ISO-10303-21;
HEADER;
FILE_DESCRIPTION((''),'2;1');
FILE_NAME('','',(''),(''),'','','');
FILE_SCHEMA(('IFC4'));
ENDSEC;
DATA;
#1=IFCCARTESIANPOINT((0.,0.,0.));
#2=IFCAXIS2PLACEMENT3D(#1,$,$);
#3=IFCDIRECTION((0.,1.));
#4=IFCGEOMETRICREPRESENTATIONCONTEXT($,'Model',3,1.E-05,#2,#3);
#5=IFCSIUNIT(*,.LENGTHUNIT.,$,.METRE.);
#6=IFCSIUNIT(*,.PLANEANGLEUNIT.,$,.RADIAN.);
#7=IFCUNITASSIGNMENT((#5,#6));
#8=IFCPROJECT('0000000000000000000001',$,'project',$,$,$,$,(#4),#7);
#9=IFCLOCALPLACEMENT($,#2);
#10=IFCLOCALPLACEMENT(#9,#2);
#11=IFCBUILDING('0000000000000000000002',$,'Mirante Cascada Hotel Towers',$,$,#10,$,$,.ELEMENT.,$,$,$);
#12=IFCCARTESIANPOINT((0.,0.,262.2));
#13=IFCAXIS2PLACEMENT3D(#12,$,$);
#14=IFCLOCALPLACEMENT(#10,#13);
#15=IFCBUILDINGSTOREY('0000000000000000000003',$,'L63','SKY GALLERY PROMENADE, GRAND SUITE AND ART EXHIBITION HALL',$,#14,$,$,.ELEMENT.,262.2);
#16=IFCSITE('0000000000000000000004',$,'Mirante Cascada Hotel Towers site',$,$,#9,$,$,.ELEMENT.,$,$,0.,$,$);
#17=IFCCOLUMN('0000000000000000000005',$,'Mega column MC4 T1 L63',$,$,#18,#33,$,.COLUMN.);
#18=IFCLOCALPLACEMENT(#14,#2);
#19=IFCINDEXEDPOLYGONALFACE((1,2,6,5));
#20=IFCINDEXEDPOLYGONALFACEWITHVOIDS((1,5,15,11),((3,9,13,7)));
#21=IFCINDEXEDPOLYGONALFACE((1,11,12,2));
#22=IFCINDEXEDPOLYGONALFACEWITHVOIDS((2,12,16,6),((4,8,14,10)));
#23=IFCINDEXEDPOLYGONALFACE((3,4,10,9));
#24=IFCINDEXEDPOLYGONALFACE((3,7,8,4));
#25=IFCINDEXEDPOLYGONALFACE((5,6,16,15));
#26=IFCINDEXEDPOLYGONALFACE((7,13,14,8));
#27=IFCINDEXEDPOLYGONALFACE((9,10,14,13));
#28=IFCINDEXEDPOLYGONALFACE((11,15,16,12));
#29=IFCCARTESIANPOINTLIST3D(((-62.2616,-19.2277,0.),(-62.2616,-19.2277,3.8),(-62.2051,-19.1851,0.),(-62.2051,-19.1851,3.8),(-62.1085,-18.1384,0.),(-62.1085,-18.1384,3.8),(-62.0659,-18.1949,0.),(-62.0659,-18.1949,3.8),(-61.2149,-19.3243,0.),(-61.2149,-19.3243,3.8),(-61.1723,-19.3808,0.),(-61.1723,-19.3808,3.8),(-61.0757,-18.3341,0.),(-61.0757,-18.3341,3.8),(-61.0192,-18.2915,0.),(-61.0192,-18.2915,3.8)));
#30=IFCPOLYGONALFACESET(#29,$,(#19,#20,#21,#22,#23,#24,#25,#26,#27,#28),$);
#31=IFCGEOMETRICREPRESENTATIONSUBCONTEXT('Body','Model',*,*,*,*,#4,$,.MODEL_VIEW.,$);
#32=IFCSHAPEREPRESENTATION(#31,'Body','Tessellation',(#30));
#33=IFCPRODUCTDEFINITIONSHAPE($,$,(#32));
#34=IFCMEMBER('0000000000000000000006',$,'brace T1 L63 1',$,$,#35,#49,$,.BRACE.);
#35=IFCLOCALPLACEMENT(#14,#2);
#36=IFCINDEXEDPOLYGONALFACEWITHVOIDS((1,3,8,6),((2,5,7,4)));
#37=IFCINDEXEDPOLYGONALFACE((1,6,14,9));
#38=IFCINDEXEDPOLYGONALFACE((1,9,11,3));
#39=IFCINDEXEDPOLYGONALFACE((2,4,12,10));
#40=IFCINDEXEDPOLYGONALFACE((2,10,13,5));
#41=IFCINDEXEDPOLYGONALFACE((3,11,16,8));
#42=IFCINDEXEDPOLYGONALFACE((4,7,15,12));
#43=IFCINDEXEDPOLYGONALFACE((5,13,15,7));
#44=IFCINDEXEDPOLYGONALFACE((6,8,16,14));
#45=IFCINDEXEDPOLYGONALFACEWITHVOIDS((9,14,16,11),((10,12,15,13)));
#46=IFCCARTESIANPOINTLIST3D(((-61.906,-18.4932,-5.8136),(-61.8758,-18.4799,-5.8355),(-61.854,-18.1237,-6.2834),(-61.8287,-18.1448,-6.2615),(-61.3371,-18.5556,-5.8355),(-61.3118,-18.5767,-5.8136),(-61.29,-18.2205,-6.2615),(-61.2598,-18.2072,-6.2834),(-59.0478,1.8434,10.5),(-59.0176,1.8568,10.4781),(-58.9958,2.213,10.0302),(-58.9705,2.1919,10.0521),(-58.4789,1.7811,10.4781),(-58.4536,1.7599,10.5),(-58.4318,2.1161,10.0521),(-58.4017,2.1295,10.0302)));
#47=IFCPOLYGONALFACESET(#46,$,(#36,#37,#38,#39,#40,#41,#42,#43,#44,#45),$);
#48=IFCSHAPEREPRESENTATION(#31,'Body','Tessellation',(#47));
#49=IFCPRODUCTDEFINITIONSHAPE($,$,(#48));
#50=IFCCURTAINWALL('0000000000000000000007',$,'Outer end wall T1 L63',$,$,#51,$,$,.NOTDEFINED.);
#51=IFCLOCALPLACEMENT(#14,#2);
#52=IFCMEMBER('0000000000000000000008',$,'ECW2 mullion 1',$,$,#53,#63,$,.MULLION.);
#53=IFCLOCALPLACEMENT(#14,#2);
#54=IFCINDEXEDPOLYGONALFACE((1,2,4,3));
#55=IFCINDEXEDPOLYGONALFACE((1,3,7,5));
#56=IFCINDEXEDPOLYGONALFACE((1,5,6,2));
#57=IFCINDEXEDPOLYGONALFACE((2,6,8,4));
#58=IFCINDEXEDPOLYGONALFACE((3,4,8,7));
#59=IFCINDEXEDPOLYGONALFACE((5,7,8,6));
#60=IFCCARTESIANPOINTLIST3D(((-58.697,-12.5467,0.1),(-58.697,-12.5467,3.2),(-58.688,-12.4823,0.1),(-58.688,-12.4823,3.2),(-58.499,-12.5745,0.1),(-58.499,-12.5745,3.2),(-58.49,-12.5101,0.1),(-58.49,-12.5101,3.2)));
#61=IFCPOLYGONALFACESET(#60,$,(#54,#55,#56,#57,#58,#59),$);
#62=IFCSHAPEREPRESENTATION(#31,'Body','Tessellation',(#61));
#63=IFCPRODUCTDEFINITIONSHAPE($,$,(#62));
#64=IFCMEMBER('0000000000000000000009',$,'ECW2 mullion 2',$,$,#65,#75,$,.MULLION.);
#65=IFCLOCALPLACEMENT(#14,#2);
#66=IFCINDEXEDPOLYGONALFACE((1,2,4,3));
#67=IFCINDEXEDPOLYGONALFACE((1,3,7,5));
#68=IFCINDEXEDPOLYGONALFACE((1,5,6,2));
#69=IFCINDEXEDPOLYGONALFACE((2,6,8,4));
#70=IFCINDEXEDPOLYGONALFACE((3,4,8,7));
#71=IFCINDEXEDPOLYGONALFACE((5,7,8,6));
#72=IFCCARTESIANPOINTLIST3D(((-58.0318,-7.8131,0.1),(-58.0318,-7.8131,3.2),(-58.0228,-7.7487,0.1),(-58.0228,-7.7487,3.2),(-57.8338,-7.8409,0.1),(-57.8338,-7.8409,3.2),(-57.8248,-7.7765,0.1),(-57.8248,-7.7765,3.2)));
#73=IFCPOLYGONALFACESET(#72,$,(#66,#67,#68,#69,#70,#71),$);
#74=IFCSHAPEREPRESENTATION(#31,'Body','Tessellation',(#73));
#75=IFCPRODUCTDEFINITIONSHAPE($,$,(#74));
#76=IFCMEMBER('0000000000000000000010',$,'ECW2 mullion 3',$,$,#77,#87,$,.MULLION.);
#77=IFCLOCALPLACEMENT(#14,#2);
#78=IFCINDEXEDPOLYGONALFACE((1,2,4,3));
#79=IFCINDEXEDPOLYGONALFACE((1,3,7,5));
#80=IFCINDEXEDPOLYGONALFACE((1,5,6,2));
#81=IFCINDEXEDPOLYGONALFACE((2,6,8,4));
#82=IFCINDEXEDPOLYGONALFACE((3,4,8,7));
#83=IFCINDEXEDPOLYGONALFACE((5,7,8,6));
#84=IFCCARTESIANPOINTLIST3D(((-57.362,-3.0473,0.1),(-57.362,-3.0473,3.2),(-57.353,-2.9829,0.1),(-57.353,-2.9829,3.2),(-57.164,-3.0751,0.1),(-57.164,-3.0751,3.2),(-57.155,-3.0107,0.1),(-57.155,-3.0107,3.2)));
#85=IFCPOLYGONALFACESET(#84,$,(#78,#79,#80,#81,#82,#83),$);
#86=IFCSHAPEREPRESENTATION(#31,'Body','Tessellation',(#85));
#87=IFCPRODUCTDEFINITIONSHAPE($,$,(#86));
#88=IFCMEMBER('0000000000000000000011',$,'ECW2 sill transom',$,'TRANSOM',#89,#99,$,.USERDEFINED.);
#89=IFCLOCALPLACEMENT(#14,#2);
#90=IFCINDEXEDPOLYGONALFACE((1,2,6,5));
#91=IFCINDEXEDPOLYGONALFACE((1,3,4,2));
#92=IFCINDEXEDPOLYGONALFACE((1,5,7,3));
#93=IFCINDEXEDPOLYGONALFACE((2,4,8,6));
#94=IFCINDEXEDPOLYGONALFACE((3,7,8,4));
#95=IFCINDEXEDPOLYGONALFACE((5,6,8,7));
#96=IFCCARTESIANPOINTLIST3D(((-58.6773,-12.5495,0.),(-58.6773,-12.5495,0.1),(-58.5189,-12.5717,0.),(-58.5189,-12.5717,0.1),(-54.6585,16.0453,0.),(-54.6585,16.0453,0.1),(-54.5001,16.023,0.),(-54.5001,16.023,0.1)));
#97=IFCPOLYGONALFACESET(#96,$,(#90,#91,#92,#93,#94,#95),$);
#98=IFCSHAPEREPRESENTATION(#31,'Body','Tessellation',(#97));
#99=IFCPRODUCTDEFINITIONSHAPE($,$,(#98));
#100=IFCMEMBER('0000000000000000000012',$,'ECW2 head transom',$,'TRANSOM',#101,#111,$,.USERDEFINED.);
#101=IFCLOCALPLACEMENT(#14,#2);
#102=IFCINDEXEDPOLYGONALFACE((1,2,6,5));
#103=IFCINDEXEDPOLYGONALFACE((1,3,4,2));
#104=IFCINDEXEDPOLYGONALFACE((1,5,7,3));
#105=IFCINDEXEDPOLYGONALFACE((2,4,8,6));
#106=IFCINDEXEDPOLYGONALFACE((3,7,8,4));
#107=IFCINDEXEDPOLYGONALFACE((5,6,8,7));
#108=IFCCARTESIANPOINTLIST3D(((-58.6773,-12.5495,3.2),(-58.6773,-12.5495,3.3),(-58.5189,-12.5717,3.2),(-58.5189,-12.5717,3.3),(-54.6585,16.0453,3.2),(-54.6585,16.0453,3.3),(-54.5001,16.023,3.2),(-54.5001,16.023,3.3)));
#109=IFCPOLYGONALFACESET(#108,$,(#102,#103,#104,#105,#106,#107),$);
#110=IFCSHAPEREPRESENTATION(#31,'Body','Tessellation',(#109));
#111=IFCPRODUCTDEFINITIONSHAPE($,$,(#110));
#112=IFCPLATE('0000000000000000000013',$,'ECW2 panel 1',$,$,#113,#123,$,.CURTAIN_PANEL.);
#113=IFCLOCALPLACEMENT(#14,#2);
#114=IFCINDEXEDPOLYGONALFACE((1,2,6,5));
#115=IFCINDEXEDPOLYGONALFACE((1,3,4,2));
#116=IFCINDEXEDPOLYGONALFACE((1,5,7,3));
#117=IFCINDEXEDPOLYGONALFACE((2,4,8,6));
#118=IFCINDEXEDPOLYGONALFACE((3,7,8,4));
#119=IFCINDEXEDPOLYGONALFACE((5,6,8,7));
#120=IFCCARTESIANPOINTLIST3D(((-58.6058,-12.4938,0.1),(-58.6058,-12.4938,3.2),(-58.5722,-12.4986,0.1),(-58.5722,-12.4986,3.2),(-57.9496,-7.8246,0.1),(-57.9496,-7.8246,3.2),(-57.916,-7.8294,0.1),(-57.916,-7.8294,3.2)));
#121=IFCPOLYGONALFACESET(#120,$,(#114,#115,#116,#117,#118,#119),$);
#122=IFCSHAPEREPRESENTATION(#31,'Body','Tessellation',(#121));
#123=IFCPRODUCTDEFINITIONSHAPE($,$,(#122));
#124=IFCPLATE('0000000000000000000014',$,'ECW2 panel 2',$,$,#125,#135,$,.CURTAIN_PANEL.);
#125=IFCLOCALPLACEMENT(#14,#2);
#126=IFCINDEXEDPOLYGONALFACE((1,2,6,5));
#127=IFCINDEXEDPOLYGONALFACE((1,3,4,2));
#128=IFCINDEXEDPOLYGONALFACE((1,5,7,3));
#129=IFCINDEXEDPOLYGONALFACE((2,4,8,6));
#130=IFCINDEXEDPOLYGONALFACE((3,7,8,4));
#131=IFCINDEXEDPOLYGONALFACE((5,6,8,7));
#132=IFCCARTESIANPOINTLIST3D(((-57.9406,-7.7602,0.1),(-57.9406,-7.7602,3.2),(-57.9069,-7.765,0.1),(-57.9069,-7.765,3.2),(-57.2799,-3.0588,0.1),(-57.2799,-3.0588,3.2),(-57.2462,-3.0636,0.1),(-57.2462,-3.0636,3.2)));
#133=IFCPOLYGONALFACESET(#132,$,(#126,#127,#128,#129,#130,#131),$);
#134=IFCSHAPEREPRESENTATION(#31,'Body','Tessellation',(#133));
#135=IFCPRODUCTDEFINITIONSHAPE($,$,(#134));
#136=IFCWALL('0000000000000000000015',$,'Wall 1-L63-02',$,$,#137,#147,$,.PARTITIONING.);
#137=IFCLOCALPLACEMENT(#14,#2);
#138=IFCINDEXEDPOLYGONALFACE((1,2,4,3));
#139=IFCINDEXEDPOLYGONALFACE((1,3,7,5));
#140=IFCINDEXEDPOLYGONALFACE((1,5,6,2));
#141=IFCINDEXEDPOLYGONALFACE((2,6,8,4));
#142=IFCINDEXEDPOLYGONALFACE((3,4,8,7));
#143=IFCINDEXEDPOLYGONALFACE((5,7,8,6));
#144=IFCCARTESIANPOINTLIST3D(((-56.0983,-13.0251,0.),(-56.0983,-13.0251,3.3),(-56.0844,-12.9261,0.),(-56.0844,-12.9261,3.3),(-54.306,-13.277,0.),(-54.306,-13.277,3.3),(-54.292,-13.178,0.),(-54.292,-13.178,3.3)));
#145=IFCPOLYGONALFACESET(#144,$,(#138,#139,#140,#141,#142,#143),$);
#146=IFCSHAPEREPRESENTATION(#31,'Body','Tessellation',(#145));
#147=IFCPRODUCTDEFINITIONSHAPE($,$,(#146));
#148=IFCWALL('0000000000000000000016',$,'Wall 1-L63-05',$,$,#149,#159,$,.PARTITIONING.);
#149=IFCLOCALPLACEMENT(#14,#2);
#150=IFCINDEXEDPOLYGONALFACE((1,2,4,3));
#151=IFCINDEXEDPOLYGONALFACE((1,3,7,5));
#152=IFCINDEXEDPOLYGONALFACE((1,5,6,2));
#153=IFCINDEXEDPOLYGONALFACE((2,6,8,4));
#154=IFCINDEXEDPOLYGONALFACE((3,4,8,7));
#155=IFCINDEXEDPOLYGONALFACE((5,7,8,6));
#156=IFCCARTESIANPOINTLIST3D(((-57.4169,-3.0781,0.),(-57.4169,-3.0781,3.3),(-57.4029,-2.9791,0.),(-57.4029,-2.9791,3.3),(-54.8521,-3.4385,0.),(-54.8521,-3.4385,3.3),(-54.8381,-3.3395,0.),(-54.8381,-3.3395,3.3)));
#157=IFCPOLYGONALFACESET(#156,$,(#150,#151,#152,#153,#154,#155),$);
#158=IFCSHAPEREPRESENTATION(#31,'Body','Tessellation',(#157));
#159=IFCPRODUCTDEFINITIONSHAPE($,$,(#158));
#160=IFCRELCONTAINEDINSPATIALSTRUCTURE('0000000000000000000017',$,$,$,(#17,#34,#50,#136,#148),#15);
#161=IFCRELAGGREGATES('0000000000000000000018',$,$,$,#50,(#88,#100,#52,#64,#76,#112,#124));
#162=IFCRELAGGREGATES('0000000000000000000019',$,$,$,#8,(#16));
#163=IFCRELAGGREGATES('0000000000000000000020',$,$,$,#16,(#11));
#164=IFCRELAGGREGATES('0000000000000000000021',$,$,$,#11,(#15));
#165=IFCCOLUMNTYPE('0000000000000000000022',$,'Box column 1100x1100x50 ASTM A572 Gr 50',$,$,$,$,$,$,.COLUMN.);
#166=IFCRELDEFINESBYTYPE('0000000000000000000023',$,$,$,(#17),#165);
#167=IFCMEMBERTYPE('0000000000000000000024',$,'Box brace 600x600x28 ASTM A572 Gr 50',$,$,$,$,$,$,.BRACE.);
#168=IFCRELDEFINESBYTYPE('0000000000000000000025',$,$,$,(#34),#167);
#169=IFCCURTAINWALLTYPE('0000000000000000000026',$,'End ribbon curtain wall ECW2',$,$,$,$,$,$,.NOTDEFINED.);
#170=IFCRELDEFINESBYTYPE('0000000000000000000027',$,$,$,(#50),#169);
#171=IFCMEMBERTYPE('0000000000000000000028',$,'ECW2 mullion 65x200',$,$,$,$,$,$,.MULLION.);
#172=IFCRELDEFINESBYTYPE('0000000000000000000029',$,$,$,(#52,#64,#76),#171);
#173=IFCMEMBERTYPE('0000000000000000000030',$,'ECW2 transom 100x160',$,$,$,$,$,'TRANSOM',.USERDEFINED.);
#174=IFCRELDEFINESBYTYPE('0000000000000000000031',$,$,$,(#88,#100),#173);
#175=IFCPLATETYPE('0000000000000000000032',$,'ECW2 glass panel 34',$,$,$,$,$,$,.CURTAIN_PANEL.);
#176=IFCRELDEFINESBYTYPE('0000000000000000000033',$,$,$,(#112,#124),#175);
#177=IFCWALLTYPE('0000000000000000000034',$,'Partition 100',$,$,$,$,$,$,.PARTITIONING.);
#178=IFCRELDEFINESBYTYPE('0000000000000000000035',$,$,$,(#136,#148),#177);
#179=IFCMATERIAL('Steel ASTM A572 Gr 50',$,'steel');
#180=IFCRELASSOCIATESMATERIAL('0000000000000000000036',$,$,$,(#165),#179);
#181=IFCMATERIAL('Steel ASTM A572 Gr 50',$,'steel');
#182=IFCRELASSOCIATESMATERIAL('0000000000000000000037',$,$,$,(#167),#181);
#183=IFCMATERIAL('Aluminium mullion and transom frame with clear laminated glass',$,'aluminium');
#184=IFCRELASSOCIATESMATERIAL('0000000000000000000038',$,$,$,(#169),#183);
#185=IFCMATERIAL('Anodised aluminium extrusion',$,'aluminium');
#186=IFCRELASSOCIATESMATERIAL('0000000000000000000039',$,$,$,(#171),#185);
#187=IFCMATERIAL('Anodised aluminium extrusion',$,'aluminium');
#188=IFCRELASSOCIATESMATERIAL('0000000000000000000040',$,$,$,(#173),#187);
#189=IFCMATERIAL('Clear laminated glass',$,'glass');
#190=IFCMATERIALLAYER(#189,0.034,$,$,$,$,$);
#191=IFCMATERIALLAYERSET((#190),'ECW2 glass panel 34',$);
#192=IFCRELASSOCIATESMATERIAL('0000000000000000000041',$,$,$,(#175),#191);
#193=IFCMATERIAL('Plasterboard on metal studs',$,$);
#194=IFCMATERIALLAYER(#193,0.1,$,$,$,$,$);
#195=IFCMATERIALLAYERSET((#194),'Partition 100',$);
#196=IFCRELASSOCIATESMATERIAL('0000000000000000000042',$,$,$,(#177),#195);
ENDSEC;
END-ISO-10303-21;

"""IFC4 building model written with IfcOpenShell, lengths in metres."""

from ifc_helpers import new_model, si_unit, direction, frame, frame_2d, origin, origin_2d, place, context, subcontext, project, spatial, rectangle, hollow_rectangle, extrude, material, layer, layer_set, material_profile, profile_set, type_object, element, aggregate, save


model = new_model("IFC4")

# Units and contexts
model_context = context("Model", 3, precision=1e-05, world=origin(), true_north=direction((0.0, 1.0)))
body_context = subcontext(model_context, "Body", "Model", "MODEL_VIEW")
ifc_project = project(units=[si_unit("LENGTHUNIT", "METRE"), si_unit("PLANEANGLEUNIT", "RADIAN")], contexts=[model_context])

# Site, building, storey
site_placement = place(None, origin())
site = spatial("IfcSite", under=ifc_project, at=site_placement, Name="Mirante Cascada Hotel Towers site", CompositionType="ELEMENT", RefElevation=0.0)
building_placement = place(site_placement, origin())
building = spatial("IfcBuilding", under=site, at=building_placement, Name="Mirante Cascada Hotel Towers", CompositionType="ELEMENT")
storey_placement = place(building_placement, frame((0.0, 0.0, 262.2)))
storey = spatial("IfcBuildingStorey", under=building, at=storey_placement, Name="L63", Description="SKY GALLERY PROMENADE, GRAND SUITE AND ART EXHIBITION HALL", CompositionType="ELEMENT", Elevation=262.2)

# Column
ifc_material_1 = material(Name="Steel ASTM A572 Gr 50", Category="steel")
ifc_material_profile_1 = material_profile(ifc_material_1, hollow_rectangle(XDim=1.1, YDim=1.1, WallThickness=0.05, at=origin_2d()), Name="Box column 1100x1100x50 ASTM A572 Gr 50")
ifc_profile_set_1 = profile_set([ifc_material_profile_1], Name="Steel ASTM A572 Gr 50")
column_type = type_object("IfcColumnType", Name="Box column 1100x1100x50 ASTM A572 Gr 50", PredefinedType="COLUMN", material=ifc_profile_set_1)
column_placement = place(storey_placement, frame((-61.6404, -18.7596, 0.0), z_axis=(0.0, 0.0, 1.0), x_axis=(-0.990268, 0.139173, 0.0)))
element("IfcColumn", 1, at=column_placement, inside=storey, type_object=column_type, Name="Mega column MC4 T1 L63", PredefinedType="COLUMN", context=body_context, shape_type="SweptSolid", body=[
    extrude(hollow_rectangle(XDim=1.1, YDim=1.1, WallThickness=0.05, at=origin_2d()), origin(), (0.0, 0.0, 1.0), 3.8),
])

# Member
ifc_material_2 = material(Name="Steel ASTM A572 Gr 50", Category="steel")
ifc_material_profile_2 = material_profile(ifc_material_2, hollow_rectangle(XDim=0.6, YDim=0.6, WallThickness=0.028, at=origin_2d()), Name="Box brace 600x600x28 ASTM A572 Gr 50")
ifc_profile_set_2 = profile_set([ifc_material_profile_2], Name="Steel ASTM A572 Gr 50")
member_type_1 = type_object("IfcMemberType", Name="Box brace 600x600x28 ASTM A572 Gr 50", PredefinedType="BRACE", material=ifc_profile_set_2)
member_1_placement = place(storey_placement, frame((-61.5829, -18.3502, -6.0485), z_axis=(0.108977, 0.775395, 0.622003), x_axis=(-0.990268, 0.139176, 0.0)))
element("IfcMember", 2, at=member_1_placement, inside=storey, type_object=member_type_1, Name="brace T1 L63 1", PredefinedType="BRACE", context=body_context, shape_type="SweptSolid", body=[
    extrude(hollow_rectangle(XDim=0.6, YDim=0.6, WallThickness=0.028, at=origin_2d()), origin(), (0.0, 0.0, 1.0), 26.2275),
])

# Curtain wall, members, plates
ifc_material_3 = material(Name="Aluminium mullion and transom frame with clear laminated glass", Category="aluminium")
curtain_wall_type = type_object("IfcCurtainWallType", Name="End ribbon curtain wall ECW2", PredefinedType="NOTDEFINED", material=ifc_material_3)
curtain_wall_placement = place(storey_placement, origin())
curtain_wall = element("IfcCurtainWall", 3, at=curtain_wall_placement, inside=storey, type_object=curtain_wall_type, Name="Outer end wall T1 L63", PredefinedType="NOTDEFINED")
ifc_material_4 = material(Name="Anodised aluminium extrusion", Category="aluminium")
ifc_material_profile_3 = material_profile(ifc_material_4, rectangle(XDim=0.2, YDim=0.065, at=origin_2d()), Name="ECW2 MULLION 65x200")
ifc_profile_set_3 = profile_set([ifc_material_profile_3], Name="Anodised aluminium extrusion")
member_type_2 = type_object("IfcMemberType", Name="ECW2 mullion 65x200", PredefinedType="MULLION", material=ifc_profile_set_3)
member_2_placement = place(storey_placement, frame((-58.5935, -12.5284, 0.1), z_axis=(0.0, 0.0, 1.0), x_axis=(-0.990268, 0.139173, 0.0)))
member_2 = element("IfcMember", 4, at=member_2_placement, type_object=member_type_2, Name="ECW2 mullion 1", PredefinedType="MULLION", context=body_context, shape_type="SweptSolid", body=[
    extrude(rectangle(XDim=0.2, YDim=0.065, at=origin_2d()), origin(), (0.0, 0.0, 1.0), 3.1),
])
member_3_placement = place(storey_placement, frame((-57.9283, -7.7948, 0.1), z_axis=(0.0, 0.0, 1.0), x_axis=(-0.990268, 0.139173, 0.0)))
member_3 = element("IfcMember", 5, at=member_3_placement, type_object=member_type_2, Name="ECW2 mullion 2", PredefinedType="MULLION", context=body_context, shape_type="SweptSolid", body=[
    extrude(rectangle(XDim=0.2, YDim=0.065, at=origin_2d()), origin(), (0.0, 0.0, 1.0), 3.1),
])
member_4_placement = place(storey_placement, frame((-57.2585, -3.029, 0.1), z_axis=(0.0, 0.0, 1.0), x_axis=(-0.990268, 0.139173, 0.0)))
member_4 = element("IfcMember", 6, at=member_4_placement, type_object=member_type_2, Name="ECW2 mullion 3", PredefinedType="MULLION", context=body_context, shape_type="SweptSolid", body=[
    extrude(rectangle(XDim=0.2, YDim=0.065, at=origin_2d()), origin(), (0.0, 0.0, 1.0), 3.1),
])
ifc_material_5 = material(Name="Anodised aluminium extrusion", Category="aluminium")
ifc_material_profile_4 = material_profile(ifc_material_5, rectangle(XDim=0.16, YDim=0.1, at=origin_2d()), Name="ECW2 TRANSOM 100x160")
ifc_profile_set_4 = profile_set([ifc_material_profile_4], Name="Anodised aluminium extrusion")
member_type_3 = type_object("IfcMemberType", Name="ECW2 transom 100x160", ElementType="TRANSOM", PredefinedType="USERDEFINED", material=ifc_profile_set_4)
member_5_placement = place(storey_placement, frame((-58.5981, -12.5606, 0.05), z_axis=(0.139175, 0.990268, 0.0), x_axis=(-0.990268, 0.139175, 0.0)))
member_5 = element("IfcMember", 7, at=member_5_placement, type_object=member_type_3, Name="ECW2 sill transom", ObjectType="TRANSOM", PredefinedType="USERDEFINED", context=body_context, shape_type="SweptSolid", body=[
    extrude(rectangle(XDim=0.16, YDim=0.1, at=origin_2d()), origin(), (0.0, 0.0, 1.0), 28.8758),
])
member_6_placement = place(storey_placement, frame((-58.5981, -12.5606, 3.25), z_axis=(0.139175, 0.990268, 0.0), x_axis=(-0.990268, 0.139175, 0.0)))
member_6 = element("IfcMember", 8, at=member_6_placement, type_object=member_type_3, Name="ECW2 head transom", ObjectType="TRANSOM", PredefinedType="USERDEFINED", context=body_context, shape_type="SweptSolid", body=[
    extrude(rectangle(XDim=0.16, YDim=0.1, at=origin_2d()), origin(), (0.0, 0.0, 1.0), 28.8758),
])
ifc_material_6 = material(Name="Clear laminated glass", Category="glass")
ifc_layer_1 = layer(ifc_material_6, 0.034)
ifc_layer_set_1 = layer_set([ifc_layer_1], Name="ECW2 glass panel 34")
plate_type = type_object("IfcPlateType", Name="ECW2 glass panel 34", PredefinedType="CURTAIN_PANEL", material=ifc_layer_set_1)
plate_1_placement = place(storey_placement, frame((-58.2609, -10.1616, 0.1), z_axis=(0.0, 0.0, 1.0), x_axis=(0.139173, 0.990268, 0.0)))
plate_1 = element("IfcPlate", 9, at=plate_1_placement, type_object=plate_type, Name="ECW2 panel 1", PredefinedType="CURTAIN_PANEL", context=body_context, shape_type="SweptSolid", body=[
    extrude(rectangle(XDim=4.7151, YDim=0.034, at=origin_2d()), origin(), (0.0, 0.0, 1.0), 3.1),
])
plate_2_placement = place(storey_placement, frame((-57.5934, -5.4119, 0.1), z_axis=(0.0, 0.0, 1.0), x_axis=(0.139173, 0.990268, 0.0)))
plate_2 = element("IfcPlate", 10, at=plate_2_placement, type_object=plate_type, Name="ECW2 panel 2", PredefinedType="CURTAIN_PANEL", context=body_context, shape_type="SweptSolid", body=[
    extrude(rectangle(XDim=4.7476, YDim=0.034, at=origin_2d()), origin(), (0.0, 0.0, 1.0), 3.1),
])
aggregate(curtain_wall, [member_5, member_6, member_2, member_3, member_4, plate_1, plate_2])

# Walls
ifc_material_7 = material(Name="Plasterboard on metal studs")
ifc_layer_2 = layer(ifc_material_7, 0.1)
ifc_layer_set_2 = layer_set([ifc_layer_2], Name="Partition 100")
wall_type_1 = type_object("IfcWallType", Name="Partition 100", PredefinedType="PARTITIONING", material=ifc_layer_set_2)
wall_1_placement = place(storey_placement, frame((-54.299, -13.2275, 0.0), z_axis=(0.0, 0.0, 1.0), x_axis=(-0.990268, 0.13917, 0.0)))
element("IfcWall", 11, at=wall_1_placement, inside=storey, type_object=wall_type_1, Name="Wall 1-L63-02", PredefinedType="PARTITIONING", context=body_context, shape_type="SweptSolid", body=[
    extrude(rectangle(XDim=1.81, YDim=0.1, at=frame_2d((0.905, 0.0))), origin(), (0.0, 0.0, 1.0), 3.3),
])
wall_2_placement = place(storey_placement, frame((-57.4099, -3.0286, 0.0), z_axis=(0.0, 0.0, 1.0), x_axis=(0.990271, -0.139151, 0.0)))
element("IfcWall", 12, at=wall_2_placement, inside=storey, type_object=wall_type_1, Name="Wall 1-L63-05", PredefinedType="PARTITIONING", context=body_context, shape_type="SweptSolid", body=[
    extrude(rectangle(XDim=2.59, YDim=0.1, at=frame_2d((1.295, 0.0))), origin(), (0.0, 0.0, 1.0), 3.3),
])

save(model, "model.ifc")
